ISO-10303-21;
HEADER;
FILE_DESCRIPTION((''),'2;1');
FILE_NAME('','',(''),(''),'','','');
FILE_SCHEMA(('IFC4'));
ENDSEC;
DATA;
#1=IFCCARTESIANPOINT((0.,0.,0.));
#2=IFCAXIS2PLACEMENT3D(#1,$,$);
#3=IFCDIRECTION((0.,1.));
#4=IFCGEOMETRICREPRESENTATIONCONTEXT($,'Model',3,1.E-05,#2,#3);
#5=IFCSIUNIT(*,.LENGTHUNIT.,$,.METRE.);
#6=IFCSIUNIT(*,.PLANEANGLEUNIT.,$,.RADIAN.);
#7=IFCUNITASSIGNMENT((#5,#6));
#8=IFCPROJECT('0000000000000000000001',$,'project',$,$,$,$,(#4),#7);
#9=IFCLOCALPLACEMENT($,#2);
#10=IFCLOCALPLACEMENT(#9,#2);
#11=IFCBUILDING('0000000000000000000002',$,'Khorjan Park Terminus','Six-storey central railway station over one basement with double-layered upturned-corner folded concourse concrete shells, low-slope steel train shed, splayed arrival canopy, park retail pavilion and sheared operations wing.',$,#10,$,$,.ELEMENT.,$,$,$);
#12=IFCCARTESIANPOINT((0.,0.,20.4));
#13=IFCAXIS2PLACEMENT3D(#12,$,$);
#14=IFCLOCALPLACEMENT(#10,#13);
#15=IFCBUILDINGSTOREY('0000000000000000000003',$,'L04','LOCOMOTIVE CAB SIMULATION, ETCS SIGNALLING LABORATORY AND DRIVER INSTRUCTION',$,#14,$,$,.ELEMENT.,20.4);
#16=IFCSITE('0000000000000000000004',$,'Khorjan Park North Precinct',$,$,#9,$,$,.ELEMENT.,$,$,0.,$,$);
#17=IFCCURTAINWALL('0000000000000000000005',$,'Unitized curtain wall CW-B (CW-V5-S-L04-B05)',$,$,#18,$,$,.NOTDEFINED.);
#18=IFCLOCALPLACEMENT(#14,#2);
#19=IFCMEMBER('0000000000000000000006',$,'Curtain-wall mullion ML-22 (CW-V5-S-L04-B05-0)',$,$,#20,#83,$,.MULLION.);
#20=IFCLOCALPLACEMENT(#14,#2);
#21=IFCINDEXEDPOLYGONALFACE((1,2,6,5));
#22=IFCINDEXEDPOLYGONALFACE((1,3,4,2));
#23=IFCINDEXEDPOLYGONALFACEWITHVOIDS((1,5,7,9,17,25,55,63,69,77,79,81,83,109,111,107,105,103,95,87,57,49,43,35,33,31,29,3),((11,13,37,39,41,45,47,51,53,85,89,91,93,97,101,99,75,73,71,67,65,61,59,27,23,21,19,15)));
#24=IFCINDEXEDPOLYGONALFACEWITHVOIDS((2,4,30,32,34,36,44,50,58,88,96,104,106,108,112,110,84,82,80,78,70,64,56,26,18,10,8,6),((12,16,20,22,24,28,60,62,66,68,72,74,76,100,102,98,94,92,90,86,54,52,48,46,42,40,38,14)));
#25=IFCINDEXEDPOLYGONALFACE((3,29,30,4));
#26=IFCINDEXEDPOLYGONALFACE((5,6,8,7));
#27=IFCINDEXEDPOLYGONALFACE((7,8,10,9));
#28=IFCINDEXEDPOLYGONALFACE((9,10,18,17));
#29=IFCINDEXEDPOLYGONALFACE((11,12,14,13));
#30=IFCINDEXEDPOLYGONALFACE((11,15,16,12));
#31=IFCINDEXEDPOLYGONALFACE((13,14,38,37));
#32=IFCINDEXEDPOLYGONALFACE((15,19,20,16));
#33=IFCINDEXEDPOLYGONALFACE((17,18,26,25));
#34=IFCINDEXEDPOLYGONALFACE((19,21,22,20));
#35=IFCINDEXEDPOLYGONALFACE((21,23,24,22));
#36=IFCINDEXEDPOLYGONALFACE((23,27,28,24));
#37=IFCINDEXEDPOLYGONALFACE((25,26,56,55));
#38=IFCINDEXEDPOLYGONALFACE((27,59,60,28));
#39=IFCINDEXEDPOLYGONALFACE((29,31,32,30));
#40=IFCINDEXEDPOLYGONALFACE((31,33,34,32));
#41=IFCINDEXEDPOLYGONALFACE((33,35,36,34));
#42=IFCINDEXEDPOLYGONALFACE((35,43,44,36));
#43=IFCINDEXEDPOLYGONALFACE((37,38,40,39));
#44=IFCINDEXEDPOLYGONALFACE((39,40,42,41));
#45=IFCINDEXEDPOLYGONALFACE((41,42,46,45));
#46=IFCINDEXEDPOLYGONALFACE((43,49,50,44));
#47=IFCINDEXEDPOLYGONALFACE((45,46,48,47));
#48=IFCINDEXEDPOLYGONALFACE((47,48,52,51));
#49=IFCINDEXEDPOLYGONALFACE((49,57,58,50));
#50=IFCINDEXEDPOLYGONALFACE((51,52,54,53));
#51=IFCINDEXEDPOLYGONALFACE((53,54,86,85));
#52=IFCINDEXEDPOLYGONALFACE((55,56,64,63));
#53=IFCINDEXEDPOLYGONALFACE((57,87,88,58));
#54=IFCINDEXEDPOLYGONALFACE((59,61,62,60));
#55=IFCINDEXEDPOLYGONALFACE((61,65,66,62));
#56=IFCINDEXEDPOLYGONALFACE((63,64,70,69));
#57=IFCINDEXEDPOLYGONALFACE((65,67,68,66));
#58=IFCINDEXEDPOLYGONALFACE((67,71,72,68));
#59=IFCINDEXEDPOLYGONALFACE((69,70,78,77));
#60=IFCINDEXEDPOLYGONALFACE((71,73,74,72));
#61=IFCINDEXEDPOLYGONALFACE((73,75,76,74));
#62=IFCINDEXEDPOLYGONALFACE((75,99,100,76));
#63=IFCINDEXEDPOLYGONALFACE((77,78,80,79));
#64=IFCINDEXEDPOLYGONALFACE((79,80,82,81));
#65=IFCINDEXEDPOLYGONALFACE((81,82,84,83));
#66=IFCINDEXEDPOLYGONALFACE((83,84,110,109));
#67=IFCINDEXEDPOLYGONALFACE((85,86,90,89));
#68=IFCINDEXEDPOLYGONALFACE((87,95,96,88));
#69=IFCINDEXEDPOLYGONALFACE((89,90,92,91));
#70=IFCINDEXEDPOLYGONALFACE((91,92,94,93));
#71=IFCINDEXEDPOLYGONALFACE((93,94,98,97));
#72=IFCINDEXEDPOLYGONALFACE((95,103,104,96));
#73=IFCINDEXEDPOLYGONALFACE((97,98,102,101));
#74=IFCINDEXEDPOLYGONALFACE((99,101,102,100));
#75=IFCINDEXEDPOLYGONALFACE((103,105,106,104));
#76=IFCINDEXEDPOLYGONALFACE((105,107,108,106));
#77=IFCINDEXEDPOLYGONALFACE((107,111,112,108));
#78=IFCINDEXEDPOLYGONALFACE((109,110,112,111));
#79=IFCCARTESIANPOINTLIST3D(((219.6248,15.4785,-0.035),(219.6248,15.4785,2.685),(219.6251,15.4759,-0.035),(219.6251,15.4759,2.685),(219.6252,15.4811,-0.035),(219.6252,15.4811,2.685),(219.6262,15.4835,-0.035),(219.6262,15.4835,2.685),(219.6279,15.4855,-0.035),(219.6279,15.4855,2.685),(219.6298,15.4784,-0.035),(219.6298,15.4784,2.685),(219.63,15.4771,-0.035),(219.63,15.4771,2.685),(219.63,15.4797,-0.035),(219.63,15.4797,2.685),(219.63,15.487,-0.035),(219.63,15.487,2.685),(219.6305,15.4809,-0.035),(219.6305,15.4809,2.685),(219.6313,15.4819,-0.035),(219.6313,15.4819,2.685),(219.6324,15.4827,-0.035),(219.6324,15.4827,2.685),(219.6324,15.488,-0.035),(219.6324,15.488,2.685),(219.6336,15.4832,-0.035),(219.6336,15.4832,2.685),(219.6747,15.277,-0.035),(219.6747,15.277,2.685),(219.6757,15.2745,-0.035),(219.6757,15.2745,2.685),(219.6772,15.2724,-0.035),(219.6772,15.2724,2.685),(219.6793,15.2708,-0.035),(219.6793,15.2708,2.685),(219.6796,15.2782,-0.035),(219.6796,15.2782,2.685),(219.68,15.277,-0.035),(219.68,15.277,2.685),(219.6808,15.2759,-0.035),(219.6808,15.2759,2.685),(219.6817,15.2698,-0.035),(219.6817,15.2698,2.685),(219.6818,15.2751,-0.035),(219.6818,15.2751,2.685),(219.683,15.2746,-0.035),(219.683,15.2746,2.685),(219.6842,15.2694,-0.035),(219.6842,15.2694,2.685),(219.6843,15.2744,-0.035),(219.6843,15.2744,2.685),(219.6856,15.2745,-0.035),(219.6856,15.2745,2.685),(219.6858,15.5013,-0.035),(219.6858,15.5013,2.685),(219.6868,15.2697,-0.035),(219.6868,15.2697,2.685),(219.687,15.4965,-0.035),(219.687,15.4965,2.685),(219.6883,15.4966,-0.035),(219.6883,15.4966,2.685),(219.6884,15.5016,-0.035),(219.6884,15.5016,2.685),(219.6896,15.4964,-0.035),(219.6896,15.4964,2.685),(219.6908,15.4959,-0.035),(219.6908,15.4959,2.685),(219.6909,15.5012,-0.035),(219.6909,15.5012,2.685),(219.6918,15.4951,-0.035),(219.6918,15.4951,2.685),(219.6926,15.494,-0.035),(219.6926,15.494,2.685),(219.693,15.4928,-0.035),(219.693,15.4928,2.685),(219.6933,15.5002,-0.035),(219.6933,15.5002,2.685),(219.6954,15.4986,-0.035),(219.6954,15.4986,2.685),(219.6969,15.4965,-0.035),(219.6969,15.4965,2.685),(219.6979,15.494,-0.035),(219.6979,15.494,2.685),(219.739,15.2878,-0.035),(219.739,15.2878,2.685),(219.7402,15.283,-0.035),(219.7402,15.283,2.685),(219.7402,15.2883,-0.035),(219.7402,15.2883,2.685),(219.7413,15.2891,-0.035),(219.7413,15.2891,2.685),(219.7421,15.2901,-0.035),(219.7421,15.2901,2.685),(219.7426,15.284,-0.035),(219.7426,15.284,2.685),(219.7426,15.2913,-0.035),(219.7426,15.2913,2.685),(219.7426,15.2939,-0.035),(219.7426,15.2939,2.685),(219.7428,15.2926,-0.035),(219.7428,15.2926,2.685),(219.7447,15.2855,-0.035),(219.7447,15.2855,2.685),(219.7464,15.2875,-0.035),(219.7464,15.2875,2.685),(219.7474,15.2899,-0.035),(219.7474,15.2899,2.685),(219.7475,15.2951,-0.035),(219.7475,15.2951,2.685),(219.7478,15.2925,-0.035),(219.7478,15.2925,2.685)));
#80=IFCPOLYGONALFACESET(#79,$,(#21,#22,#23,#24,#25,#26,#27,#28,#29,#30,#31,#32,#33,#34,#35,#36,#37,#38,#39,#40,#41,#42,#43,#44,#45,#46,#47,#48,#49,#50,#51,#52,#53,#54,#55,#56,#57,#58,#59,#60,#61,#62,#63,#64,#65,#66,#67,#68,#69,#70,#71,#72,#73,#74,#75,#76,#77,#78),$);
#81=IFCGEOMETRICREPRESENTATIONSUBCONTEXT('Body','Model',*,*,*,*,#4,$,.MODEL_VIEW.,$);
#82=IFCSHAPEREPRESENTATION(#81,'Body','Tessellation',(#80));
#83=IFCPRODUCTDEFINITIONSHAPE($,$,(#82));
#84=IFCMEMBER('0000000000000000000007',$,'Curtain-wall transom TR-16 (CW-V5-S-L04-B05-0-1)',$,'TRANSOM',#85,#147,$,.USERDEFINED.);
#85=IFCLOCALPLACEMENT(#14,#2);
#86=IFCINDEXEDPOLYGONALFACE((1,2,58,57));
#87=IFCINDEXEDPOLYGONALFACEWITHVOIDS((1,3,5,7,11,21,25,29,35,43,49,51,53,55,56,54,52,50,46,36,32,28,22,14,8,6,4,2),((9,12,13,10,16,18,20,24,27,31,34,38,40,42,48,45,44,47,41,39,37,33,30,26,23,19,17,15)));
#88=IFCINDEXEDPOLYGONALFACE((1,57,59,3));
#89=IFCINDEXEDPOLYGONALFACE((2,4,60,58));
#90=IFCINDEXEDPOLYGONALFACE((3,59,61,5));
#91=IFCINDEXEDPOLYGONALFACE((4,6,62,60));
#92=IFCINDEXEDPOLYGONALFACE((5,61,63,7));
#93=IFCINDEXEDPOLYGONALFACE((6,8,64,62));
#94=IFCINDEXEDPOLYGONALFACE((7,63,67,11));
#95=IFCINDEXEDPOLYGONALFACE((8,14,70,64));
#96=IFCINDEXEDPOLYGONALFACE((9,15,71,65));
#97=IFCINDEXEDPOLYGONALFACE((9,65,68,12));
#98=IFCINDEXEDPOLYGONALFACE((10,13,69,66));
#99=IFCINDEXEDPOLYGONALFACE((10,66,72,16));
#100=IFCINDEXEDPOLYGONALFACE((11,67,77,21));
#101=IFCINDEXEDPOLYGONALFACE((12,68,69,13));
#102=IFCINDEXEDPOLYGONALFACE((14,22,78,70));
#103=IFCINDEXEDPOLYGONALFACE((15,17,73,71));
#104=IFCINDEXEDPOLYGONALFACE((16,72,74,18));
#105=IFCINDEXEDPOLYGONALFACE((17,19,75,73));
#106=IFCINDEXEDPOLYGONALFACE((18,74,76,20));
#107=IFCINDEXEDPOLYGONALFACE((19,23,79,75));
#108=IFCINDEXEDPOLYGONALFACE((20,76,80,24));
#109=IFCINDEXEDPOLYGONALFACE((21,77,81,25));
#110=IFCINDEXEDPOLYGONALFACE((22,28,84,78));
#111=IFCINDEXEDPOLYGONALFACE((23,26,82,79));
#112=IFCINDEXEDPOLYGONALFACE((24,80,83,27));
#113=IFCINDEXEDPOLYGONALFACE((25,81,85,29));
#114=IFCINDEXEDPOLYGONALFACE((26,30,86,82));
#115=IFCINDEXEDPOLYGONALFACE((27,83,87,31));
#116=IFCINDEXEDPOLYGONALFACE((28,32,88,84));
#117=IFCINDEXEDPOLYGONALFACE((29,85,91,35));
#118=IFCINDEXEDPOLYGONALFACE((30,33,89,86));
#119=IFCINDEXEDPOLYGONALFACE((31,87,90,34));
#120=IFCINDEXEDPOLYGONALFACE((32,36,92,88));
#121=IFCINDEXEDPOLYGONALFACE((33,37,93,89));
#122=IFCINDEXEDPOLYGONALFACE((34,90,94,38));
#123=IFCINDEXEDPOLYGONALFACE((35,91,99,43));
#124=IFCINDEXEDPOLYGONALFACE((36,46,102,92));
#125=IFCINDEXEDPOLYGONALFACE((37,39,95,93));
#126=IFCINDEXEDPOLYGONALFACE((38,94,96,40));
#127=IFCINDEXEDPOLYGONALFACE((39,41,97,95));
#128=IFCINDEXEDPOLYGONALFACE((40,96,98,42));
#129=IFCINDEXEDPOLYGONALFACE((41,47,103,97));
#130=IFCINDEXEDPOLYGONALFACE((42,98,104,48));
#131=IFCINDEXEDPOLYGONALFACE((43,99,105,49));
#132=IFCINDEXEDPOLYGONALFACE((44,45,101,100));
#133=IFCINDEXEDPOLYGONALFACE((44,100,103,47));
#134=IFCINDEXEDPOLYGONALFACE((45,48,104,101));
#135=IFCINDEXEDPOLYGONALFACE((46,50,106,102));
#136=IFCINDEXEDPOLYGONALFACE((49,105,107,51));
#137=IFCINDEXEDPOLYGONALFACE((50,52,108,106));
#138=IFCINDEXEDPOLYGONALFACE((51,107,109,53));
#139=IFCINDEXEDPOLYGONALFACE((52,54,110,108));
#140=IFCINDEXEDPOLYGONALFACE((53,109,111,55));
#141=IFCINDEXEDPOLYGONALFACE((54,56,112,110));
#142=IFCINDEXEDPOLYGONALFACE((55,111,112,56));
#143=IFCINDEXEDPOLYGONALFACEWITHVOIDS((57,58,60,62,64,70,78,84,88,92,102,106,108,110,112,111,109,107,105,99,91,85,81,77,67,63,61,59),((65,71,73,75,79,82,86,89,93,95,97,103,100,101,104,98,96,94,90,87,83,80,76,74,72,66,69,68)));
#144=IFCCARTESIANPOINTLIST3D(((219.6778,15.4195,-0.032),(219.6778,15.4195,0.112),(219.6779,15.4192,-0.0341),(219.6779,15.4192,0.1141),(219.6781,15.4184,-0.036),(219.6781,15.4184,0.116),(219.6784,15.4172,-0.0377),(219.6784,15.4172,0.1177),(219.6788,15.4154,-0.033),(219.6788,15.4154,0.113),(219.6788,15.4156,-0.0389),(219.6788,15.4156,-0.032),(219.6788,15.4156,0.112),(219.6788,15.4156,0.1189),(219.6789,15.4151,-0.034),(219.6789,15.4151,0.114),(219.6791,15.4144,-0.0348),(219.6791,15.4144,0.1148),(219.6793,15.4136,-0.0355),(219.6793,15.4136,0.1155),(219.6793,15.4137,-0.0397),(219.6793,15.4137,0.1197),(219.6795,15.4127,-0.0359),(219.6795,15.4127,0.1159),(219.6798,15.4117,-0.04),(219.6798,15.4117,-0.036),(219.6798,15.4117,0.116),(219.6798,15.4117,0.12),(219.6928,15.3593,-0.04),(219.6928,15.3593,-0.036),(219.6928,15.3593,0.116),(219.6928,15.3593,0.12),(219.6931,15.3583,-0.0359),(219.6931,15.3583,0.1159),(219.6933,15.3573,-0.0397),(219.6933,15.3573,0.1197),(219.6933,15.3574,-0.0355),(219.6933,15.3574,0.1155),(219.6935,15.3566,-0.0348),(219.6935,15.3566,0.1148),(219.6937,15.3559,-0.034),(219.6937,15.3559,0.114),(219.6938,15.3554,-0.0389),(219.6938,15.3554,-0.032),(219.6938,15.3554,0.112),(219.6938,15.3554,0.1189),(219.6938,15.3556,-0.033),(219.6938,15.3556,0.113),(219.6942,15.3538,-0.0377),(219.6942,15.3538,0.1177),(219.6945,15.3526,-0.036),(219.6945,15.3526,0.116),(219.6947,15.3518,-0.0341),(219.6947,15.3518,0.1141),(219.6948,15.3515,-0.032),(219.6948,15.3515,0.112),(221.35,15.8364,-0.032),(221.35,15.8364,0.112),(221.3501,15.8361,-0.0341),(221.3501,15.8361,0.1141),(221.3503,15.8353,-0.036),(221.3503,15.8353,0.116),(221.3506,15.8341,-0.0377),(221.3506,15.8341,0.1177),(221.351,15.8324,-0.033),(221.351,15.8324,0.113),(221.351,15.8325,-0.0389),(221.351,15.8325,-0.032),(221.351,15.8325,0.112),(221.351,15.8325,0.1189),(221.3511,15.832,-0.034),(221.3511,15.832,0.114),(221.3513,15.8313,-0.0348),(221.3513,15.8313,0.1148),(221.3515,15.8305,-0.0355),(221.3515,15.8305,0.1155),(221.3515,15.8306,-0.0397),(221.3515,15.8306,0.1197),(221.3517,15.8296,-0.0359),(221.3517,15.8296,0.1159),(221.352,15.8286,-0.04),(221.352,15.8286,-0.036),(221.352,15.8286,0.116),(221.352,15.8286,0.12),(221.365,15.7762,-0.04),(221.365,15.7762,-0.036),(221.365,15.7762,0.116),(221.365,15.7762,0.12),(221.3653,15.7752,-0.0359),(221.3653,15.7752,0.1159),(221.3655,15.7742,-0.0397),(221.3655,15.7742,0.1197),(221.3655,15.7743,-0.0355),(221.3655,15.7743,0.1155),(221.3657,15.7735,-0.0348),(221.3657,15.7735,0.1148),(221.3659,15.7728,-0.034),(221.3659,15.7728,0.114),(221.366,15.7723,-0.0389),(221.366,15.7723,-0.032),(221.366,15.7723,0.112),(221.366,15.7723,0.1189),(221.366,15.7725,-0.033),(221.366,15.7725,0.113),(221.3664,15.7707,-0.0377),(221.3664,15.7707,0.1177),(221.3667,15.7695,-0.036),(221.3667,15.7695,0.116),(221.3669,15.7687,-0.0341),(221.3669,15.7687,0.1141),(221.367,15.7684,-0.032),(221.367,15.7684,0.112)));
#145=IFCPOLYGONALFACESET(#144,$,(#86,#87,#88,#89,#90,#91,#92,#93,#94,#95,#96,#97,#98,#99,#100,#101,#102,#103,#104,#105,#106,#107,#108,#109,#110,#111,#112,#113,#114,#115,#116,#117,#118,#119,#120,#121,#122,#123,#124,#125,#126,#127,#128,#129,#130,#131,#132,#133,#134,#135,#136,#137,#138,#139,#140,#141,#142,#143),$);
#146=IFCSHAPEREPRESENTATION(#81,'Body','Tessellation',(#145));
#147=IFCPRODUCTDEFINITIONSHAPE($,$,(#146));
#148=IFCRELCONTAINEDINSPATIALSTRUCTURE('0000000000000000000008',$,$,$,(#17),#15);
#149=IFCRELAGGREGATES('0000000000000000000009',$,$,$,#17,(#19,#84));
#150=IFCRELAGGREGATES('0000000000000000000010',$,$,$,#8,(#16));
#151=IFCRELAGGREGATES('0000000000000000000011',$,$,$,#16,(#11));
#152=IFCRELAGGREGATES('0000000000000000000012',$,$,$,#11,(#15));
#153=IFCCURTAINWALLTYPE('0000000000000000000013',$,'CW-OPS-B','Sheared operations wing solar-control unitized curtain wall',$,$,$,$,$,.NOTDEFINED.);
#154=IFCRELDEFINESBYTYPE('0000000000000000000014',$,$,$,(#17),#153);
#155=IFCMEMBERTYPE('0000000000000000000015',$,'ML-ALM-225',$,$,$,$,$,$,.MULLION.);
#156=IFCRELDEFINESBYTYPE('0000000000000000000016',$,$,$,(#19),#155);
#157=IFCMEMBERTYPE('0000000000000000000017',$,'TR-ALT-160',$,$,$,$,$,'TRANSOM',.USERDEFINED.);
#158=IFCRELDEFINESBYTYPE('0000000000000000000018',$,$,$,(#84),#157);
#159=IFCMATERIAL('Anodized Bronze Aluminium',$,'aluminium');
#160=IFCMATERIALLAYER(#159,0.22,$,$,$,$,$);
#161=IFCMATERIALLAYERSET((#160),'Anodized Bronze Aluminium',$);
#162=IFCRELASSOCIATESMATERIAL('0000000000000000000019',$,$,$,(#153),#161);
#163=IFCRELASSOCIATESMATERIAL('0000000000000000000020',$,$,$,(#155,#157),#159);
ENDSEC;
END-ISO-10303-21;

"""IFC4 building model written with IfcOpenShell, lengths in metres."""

from ifc_helpers import new_model, si_unit, direction, frame, origin, origin_2d, place, context, subcontext, project, spatial, hollow_rectangle, extrude, material, layer, layer_set, material_profile, profile_set, type_object, element, aggregate, save


model = new_model("IFC4")

# Units and contexts
model_context = context("Model", 3, precision=1e-05, world=origin(), true_north=direction((0.0, 1.0)))
body_context = subcontext(model_context, "Body", "Model", "MODEL_VIEW")
ifc_project = project(units=[si_unit("LENGTHUNIT", "METRE"), si_unit("PLANEANGLEUNIT", "RADIAN")], contexts=[model_context])

# Site, building, storey
site_placement = place(None, origin())
site = spatial("IfcSite", under=ifc_project, at=site_placement, Name="Khorjan Park North Precinct", CompositionType="ELEMENT", RefElevation=0.0)
building_placement = place(site_placement, origin())
building = spatial("IfcBuilding", under=site, at=building_placement, Name="Khorjan Park Terminus", Description="Six-storey central railway station over one basement with double-layered upturned-corner folded concourse concrete shells, low-slope steel train shed, splayed arrival canopy, park retail pavilion and sheared operations wing.", CompositionType="ELEMENT")
storey_placement = place(building_placement, frame((0.0, 0.0, 20.4)))
storey = spatial("IfcBuildingStorey", under=building, at=storey_placement, Name="L04", Description="LOCOMOTIVE CAB SIMULATION, ETCS SIGNALLING LABORATORY AND DRIVER INSTRUCTION", CompositionType="ELEMENT", Elevation=20.4)

# Shared definitions
ifc_material_1 = material(Name="Anodized Bronze Aluminium", Category="aluminium")
ifc_layer_1 = layer(ifc_material_1, 0.22)
ifc_layer_set_1 = layer_set([ifc_layer_1], Name="Anodized Bronze Aluminium")
curtain_wall_type = type_object("IfcCurtainWallType", Name="CW-OPS-B", Description="Sheared operations wing solar-control unitized curtain wall", PredefinedType="NOTDEFINED", material=ifc_layer_set_1)
ifc_material_profile_1 = material_profile(ifc_material_1, hollow_rectangle(XDim=0.075, YDim=0.225, WallThickness=0.005, InnerFilletRadius=0.005, OuterFilletRadius=0.01, at=origin_2d()), Name="ALM 75x225x5")
ifc_profile_set_1 = profile_set([ifc_material_profile_1], Name="Anodized Bronze Aluminium")
member_type_1 = type_object("IfcMemberType", Name="ML-ALM-225", PredefinedType="MULLION", material=ifc_profile_set_1)

# Curtain wall, members
curtain_wall_1_placement = place(storey_placement, origin())
curtain_wall_1 = element("IfcCurtainWall", 1, at=curtain_wall_1_placement, inside=storey, type_object=curtain_wall_type, Name="Unitized curtain wall CW-B (CW-V5-S-L04-B05)", PredefinedType="NOTDEFINED")
member_1_placement = place(storey_placement, frame((219.6863, 15.3855, -0.035), z_axis=(0.0, 0.0, 1.0), x_axis=(0.970296, 0.241919, 0.0)))
member_1 = element("IfcMember", 2, at=member_1_placement, type_object=member_type_1, Name="Curtain-wall mullion ML-22 (CW-V5-S-L04-B05-0)", PredefinedType="MULLION", context=body_context, shape_type="SweptSolid", body=[
    extrude(hollow_rectangle(XDim=0.075, YDim=0.225, WallThickness=0.005, InnerFilletRadius=0.005, OuterFilletRadius=0.01, at=origin_2d()), origin(), (0.0, 0.0, 1.0), 2.72),
])
ifc_material_profile_2 = material_profile(ifc_material_1, hollow_rectangle(XDim=0.07, YDim=0.16, WallThickness=0.004, InnerFilletRadius=0.004, OuterFilletRadius=0.008, at=origin_2d()), Name="ALT 70x160x4")
ifc_profile_set_2 = profile_set([ifc_material_profile_2], Name="Anodized Bronze Aluminium")
member_type_2 = type_object("IfcMemberType", Name="TR-ALT-160", ElementType="TRANSOM", PredefinedType="USERDEFINED", material=ifc_profile_set_2)
member_2_placement = place(storey_placement, frame((219.6863, 15.3855, 0.04), z_axis=(0.970299, 0.241908, 0.0), x_axis=(-0.241908, 0.970299, 0.0)))
member_2 = element("IfcMember", 3, at=member_2_placement, type_object=member_type_2, Name="Curtain-wall transom TR-16 (CW-V5-S-L04-B05-0-1)", ObjectType="TRANSOM", PredefinedType="USERDEFINED", context=body_context, shape_type="SweptSolid", body=[
    extrude(hollow_rectangle(XDim=0.07, YDim=0.16, WallThickness=0.004, InnerFilletRadius=0.004, OuterFilletRadius=0.008, at=origin_2d()), origin(), (0.0, 0.0, 1.0), 1.7234),
])
aggregate(curtain_wall_1, [member_1, member_2])

save(model, "model.ifc")
